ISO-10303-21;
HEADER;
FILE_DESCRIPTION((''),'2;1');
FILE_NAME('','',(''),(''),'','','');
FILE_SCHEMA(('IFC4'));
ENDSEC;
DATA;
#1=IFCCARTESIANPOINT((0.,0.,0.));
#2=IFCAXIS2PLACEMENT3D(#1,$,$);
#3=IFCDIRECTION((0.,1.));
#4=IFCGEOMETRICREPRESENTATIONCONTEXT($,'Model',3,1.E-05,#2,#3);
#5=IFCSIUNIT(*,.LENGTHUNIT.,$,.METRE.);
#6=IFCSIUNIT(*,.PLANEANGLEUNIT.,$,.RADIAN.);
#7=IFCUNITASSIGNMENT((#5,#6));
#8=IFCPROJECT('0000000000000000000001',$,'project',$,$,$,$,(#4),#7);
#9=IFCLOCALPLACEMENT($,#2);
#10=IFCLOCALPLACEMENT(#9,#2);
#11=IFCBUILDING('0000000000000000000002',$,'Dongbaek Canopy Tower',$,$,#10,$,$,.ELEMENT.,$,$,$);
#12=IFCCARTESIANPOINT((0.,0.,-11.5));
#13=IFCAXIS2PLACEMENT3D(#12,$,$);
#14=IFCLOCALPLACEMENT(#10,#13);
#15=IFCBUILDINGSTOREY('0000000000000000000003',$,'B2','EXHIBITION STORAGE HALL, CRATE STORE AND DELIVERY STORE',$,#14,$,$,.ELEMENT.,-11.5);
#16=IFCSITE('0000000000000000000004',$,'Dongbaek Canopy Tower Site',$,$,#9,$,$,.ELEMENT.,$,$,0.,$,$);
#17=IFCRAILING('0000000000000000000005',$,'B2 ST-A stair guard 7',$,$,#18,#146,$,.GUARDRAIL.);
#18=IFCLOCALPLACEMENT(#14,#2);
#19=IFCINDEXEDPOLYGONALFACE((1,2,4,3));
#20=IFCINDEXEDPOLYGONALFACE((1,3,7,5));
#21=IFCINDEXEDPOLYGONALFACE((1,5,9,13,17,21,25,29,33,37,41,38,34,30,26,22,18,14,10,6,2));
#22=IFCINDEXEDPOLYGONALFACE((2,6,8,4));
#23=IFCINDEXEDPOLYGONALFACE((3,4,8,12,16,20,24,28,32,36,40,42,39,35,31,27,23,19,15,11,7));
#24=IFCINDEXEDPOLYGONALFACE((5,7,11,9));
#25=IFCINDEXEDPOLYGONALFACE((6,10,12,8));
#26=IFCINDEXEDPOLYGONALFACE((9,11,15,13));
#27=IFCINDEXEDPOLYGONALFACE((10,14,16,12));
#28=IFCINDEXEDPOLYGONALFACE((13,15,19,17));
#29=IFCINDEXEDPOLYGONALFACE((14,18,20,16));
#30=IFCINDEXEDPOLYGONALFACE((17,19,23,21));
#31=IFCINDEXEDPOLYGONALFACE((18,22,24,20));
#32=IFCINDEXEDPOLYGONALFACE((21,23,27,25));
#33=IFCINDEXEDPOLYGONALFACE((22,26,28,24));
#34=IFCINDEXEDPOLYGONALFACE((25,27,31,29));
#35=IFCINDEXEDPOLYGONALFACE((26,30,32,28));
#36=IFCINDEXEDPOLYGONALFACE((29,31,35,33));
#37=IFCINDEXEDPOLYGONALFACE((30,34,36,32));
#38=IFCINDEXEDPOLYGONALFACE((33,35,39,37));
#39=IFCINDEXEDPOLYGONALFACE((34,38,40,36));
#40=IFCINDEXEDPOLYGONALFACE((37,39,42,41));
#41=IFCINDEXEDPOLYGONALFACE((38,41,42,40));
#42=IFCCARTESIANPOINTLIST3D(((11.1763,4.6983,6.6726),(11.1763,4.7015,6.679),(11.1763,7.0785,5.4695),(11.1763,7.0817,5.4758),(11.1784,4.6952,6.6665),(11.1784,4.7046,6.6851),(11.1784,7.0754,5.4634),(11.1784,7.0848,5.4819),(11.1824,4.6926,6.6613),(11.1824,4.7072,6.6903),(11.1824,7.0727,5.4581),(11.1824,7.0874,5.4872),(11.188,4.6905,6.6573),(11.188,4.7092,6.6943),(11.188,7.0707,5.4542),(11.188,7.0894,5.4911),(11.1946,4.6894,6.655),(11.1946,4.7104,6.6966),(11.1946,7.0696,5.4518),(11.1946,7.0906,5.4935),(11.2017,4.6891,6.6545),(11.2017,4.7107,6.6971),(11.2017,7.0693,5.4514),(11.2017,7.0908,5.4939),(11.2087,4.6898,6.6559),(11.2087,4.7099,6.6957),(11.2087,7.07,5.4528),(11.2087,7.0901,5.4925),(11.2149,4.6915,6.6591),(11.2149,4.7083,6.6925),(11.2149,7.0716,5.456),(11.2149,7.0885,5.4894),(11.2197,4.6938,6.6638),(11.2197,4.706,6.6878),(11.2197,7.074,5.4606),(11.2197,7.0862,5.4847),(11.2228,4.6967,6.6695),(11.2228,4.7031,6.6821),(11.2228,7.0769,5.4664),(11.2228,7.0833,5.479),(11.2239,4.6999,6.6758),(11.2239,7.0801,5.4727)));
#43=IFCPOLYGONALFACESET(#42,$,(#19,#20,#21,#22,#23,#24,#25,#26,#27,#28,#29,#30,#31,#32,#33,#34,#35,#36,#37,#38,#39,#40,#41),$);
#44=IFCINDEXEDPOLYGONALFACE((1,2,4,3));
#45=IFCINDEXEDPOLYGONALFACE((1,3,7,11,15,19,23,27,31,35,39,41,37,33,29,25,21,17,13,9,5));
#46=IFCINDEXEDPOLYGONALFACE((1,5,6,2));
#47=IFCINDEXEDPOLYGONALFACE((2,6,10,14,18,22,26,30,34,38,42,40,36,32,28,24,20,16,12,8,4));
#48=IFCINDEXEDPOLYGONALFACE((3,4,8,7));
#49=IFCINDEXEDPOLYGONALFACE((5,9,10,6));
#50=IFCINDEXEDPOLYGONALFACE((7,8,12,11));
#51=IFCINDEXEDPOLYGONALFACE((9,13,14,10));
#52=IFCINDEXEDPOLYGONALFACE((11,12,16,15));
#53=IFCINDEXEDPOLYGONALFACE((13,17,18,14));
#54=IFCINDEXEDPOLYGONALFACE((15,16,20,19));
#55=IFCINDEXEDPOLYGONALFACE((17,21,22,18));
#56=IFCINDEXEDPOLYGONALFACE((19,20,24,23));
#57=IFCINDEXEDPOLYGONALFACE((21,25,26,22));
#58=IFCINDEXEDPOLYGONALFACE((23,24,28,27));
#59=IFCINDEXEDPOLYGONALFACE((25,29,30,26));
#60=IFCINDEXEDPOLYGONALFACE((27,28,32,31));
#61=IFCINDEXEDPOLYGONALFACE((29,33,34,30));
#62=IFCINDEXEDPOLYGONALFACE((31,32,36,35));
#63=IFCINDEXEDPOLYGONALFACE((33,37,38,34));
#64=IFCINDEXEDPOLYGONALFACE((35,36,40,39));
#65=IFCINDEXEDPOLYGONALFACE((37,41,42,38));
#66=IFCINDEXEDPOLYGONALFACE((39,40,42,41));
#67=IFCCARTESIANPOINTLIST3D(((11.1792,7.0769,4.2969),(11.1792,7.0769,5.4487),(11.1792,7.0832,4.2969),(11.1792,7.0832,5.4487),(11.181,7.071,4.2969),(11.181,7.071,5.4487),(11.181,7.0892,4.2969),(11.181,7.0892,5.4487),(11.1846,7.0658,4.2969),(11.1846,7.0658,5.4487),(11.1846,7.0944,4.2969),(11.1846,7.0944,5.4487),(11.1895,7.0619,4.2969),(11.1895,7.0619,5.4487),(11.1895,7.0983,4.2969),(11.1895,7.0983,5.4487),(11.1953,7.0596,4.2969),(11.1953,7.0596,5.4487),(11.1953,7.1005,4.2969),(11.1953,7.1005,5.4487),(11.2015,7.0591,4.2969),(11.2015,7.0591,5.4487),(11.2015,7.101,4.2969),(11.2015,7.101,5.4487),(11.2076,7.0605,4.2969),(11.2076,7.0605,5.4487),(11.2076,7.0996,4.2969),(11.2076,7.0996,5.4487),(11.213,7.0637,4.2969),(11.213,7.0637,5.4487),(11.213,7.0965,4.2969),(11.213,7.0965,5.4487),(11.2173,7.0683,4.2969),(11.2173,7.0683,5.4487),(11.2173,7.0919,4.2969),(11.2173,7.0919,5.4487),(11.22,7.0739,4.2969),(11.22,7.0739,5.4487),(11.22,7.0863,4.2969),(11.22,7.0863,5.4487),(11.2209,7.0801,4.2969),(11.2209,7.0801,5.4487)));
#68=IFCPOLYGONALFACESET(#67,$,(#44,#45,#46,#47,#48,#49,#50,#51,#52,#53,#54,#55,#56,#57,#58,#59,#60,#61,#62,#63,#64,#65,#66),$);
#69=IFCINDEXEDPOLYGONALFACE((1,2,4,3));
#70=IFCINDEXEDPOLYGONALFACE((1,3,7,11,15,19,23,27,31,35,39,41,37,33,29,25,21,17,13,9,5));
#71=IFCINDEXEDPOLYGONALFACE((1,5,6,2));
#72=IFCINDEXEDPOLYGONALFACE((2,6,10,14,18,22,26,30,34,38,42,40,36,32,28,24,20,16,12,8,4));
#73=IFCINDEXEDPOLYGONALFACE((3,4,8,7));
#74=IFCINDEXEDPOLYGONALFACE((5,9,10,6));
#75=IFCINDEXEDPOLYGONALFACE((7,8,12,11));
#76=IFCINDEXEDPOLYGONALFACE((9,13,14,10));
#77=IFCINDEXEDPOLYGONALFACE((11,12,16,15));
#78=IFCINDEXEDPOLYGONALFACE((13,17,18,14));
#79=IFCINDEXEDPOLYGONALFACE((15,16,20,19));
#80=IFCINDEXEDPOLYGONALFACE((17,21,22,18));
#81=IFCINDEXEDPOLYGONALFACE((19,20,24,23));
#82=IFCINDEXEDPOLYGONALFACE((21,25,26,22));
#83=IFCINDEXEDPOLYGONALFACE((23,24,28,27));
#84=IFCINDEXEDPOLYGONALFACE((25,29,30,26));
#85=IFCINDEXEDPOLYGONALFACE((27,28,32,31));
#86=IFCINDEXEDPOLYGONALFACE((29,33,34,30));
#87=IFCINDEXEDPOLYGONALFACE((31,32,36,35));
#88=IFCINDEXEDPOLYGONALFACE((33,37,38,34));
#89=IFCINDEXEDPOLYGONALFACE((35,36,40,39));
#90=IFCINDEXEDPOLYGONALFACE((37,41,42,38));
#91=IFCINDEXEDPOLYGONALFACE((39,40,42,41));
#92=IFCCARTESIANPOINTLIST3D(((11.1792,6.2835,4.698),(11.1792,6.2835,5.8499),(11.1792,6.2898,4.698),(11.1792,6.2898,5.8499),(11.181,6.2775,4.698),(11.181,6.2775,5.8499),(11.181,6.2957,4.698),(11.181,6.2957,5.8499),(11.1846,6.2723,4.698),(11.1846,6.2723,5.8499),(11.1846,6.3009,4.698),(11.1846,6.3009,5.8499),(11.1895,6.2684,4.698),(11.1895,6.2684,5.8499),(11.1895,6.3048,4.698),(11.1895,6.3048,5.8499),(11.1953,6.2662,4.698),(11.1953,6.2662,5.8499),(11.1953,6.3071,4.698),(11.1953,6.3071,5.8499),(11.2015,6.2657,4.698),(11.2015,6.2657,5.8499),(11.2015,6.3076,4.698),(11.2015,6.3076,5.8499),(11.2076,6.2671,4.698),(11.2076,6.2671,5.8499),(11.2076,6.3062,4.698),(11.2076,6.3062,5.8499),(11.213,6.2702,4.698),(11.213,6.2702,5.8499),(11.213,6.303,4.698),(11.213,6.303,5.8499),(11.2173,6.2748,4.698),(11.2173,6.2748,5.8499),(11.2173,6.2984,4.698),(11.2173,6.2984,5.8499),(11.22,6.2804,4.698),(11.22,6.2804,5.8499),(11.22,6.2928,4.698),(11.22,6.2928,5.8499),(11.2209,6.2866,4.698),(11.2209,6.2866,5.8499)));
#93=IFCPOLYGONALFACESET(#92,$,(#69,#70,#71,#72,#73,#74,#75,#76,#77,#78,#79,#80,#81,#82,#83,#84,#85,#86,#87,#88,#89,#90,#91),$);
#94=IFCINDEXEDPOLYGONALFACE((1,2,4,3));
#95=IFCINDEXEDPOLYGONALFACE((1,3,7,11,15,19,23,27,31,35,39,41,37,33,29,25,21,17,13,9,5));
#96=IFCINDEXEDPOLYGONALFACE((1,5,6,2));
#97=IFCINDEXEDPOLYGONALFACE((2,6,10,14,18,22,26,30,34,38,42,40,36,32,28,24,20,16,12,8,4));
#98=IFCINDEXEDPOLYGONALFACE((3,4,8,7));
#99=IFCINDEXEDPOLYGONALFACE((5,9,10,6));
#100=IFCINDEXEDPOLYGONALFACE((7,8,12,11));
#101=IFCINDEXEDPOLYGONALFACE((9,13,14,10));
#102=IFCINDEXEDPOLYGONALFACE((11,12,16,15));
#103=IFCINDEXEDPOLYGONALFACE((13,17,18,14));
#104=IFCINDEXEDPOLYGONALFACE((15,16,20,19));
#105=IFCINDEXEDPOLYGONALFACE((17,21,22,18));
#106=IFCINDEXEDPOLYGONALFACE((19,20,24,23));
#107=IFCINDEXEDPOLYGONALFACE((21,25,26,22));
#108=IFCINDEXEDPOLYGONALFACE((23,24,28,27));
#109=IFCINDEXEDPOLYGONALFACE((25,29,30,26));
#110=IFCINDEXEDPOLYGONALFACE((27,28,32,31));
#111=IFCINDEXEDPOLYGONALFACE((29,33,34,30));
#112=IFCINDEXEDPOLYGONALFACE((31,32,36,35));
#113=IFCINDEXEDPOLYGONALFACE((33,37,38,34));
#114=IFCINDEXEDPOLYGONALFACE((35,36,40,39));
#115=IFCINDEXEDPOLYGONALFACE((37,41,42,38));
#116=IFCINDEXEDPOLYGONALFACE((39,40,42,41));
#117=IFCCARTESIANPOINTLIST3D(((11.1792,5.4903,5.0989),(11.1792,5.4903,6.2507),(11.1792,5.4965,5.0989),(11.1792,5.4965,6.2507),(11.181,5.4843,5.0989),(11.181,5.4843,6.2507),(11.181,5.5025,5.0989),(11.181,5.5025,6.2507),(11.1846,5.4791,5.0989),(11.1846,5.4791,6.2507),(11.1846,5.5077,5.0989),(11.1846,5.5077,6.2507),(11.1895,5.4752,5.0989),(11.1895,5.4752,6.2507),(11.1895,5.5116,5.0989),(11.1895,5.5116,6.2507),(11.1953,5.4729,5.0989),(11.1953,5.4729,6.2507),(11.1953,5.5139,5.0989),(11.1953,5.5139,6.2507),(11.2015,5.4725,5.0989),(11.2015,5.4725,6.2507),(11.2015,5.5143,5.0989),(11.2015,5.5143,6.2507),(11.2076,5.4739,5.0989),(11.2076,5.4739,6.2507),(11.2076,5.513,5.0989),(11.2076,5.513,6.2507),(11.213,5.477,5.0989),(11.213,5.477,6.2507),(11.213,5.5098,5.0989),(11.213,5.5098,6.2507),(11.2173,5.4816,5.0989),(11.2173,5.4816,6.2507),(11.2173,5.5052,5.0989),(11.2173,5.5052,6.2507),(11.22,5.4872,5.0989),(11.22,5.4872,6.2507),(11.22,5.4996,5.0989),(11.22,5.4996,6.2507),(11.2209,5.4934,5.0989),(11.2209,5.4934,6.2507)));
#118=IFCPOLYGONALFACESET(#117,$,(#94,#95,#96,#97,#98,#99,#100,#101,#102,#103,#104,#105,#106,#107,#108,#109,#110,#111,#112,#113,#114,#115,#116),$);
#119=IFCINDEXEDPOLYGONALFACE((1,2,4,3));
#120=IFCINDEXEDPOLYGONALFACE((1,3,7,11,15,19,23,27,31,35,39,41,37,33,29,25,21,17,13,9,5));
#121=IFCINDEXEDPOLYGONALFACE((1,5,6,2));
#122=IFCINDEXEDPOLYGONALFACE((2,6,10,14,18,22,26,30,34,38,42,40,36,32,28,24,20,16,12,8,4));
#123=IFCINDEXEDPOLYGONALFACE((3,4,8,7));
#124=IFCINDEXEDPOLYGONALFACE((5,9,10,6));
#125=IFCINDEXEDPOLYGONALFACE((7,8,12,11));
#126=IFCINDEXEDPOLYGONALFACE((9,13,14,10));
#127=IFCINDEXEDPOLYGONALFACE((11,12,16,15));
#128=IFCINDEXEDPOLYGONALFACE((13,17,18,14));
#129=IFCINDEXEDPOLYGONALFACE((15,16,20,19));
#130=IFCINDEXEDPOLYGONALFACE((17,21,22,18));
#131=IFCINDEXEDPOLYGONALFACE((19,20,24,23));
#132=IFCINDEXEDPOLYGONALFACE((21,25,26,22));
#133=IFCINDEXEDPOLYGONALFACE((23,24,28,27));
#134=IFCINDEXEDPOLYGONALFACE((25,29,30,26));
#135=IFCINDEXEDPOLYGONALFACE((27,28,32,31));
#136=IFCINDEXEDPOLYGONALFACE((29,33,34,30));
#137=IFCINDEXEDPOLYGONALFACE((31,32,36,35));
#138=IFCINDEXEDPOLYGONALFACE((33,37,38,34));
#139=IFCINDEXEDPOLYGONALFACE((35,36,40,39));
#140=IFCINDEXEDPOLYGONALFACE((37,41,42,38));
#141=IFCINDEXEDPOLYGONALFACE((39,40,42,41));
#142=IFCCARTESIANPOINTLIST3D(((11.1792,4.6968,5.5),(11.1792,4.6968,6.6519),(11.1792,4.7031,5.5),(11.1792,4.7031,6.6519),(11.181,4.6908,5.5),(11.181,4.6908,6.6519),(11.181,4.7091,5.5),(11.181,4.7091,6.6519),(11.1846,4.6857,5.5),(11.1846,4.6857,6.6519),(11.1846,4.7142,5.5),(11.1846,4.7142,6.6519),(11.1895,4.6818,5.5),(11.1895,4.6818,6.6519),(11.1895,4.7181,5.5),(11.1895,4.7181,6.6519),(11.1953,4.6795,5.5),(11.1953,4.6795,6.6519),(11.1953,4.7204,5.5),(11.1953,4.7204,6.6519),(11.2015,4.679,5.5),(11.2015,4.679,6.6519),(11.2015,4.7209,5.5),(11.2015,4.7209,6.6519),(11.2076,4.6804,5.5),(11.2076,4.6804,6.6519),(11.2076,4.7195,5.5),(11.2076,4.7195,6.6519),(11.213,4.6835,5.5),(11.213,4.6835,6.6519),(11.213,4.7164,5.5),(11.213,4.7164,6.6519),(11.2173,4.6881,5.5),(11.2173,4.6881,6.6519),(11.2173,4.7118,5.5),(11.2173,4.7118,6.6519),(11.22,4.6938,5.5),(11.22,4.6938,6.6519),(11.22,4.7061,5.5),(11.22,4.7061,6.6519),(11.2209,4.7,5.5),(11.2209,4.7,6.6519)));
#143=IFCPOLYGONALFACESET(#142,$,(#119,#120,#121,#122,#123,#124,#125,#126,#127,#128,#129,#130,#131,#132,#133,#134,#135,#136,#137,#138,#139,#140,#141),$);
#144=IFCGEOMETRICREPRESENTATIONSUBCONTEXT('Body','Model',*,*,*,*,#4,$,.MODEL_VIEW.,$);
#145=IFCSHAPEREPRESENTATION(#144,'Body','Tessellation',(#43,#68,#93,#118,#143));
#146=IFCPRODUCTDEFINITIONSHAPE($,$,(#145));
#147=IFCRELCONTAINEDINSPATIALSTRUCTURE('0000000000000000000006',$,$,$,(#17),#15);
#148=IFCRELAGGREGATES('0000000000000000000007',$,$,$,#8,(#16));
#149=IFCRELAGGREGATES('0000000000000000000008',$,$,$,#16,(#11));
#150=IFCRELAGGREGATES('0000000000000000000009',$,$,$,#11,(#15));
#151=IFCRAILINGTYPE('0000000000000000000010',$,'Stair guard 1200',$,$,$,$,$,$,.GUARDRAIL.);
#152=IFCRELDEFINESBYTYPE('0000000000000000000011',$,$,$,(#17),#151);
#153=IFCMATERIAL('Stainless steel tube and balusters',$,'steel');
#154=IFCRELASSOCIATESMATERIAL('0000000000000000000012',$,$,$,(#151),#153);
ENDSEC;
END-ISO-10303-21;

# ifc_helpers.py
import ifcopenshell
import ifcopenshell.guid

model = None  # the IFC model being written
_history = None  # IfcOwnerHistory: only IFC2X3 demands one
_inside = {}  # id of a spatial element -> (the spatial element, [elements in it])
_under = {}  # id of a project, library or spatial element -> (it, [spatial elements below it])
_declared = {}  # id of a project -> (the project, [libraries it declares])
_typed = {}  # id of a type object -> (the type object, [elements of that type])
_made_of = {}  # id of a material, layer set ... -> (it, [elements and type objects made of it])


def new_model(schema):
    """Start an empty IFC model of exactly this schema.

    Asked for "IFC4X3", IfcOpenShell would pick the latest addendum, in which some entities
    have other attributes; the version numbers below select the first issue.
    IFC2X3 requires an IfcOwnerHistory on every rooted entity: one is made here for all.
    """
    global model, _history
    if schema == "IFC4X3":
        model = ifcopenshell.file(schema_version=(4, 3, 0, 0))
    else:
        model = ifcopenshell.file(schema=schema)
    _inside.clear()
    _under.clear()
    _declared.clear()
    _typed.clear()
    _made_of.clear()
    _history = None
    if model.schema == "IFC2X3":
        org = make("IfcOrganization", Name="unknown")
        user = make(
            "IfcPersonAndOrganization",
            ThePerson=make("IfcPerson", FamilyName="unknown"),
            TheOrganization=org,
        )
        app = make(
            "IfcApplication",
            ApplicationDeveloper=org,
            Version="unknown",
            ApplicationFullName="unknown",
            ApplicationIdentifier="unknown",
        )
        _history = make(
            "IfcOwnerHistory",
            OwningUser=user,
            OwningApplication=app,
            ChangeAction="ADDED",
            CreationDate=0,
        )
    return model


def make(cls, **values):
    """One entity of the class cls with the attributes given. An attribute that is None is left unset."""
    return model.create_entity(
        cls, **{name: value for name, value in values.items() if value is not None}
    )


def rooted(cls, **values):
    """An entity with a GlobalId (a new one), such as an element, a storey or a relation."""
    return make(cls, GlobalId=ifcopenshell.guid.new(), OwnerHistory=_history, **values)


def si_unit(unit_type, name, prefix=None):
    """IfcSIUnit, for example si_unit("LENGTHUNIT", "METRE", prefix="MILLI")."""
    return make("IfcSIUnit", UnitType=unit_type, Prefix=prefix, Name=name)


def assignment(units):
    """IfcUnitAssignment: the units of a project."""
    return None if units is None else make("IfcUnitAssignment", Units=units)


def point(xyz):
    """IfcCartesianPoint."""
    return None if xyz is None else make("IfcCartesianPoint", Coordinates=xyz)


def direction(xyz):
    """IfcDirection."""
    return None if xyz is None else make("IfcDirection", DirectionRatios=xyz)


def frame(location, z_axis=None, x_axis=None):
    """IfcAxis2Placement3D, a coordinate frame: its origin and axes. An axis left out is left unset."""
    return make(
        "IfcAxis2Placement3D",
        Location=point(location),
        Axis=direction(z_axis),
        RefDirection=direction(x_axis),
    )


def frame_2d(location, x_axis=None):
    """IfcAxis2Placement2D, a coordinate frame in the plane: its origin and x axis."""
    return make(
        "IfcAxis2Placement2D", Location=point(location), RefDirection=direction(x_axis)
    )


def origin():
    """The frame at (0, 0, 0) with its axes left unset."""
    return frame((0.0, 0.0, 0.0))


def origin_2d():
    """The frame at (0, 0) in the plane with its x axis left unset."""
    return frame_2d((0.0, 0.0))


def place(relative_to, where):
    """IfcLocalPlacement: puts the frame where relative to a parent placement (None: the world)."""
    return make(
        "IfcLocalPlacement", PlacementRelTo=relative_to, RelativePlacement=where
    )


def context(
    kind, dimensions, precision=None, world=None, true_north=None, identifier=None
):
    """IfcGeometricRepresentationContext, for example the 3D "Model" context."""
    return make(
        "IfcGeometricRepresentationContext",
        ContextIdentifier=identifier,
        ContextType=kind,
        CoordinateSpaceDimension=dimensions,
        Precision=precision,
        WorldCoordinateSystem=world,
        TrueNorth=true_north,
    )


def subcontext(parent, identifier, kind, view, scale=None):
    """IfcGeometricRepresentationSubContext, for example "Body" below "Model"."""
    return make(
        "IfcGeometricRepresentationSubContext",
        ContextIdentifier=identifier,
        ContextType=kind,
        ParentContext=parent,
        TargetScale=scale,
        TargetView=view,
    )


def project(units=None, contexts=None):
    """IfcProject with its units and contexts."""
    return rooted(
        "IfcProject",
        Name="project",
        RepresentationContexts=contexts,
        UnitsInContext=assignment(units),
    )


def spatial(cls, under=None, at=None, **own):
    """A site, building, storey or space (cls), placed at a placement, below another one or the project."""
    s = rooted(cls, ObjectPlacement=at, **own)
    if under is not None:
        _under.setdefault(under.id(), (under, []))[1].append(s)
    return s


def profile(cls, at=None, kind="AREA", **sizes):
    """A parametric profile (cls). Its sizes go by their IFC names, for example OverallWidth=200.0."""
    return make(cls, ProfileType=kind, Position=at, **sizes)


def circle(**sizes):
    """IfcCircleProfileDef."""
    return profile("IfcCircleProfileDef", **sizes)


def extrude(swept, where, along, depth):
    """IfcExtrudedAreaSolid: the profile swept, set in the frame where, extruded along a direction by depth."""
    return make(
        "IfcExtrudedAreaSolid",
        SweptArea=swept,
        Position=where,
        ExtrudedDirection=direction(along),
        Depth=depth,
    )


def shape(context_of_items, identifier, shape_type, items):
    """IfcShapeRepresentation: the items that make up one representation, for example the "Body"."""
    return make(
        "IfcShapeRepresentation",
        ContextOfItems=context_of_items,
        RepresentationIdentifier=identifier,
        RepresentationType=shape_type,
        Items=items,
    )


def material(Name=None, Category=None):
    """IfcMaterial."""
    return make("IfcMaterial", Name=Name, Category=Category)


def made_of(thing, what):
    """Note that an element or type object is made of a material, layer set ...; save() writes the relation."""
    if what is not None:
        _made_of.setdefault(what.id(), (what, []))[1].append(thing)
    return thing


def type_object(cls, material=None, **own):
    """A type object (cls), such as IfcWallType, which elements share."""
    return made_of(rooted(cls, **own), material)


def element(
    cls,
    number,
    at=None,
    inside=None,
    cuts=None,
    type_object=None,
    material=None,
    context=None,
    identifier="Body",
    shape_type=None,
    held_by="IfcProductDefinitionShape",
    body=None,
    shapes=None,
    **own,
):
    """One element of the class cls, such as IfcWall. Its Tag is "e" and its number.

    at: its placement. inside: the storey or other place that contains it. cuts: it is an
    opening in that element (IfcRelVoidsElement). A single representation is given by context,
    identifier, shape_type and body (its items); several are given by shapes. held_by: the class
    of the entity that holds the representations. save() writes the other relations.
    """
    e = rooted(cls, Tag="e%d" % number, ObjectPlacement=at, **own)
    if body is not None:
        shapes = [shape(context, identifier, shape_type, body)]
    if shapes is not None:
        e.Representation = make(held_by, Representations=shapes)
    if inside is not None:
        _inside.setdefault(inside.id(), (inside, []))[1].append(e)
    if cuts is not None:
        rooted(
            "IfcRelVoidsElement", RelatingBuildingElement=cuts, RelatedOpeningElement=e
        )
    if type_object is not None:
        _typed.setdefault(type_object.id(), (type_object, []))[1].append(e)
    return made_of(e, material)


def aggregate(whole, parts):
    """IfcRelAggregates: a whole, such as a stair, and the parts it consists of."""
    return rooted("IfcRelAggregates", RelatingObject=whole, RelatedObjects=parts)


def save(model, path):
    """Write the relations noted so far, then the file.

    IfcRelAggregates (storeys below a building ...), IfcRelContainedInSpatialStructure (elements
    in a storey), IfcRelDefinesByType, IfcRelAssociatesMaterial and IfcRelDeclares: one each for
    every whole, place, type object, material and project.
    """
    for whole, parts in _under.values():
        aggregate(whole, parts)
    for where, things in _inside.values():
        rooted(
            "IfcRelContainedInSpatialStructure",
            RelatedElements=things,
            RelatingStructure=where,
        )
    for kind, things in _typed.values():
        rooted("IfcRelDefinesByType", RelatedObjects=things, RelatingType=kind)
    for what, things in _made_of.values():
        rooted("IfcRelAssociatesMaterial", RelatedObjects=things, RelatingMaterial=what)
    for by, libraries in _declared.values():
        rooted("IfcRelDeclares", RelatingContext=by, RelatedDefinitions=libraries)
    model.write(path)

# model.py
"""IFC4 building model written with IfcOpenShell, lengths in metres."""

from ifc_helpers import new_model, si_unit, direction, frame, origin, origin_2d, place, context, subcontext, project, spatial, circle, extrude, material, type_object, element, save


model = new_model("IFC4")

# Units and contexts
model_context = context("Model", 3, precision=1e-05, world=origin(), true_north=direction((0.0, 1.0)))
body_context = subcontext(model_context, "Body", "Model", "MODEL_VIEW")
ifc_project = project(units=[si_unit("LENGTHUNIT", "METRE"), si_unit("PLANEANGLEUNIT", "RADIAN")], contexts=[model_context])

# Site, building, storey
site_placement = place(None, origin())
site = spatial("IfcSite", under=ifc_project, at=site_placement, Name="Dongbaek Canopy Tower Site", CompositionType="ELEMENT", RefElevation=0.0)
building_placement = place(site_placement, origin())
building = spatial("IfcBuilding", under=site, at=building_placement, Name="Dongbaek Canopy Tower", CompositionType="ELEMENT")
storey_placement = place(building_placement, frame((0.0, 0.0, -11.5)))
storey = spatial("IfcBuildingStorey", under=building, at=storey_placement, Name="B2", Description="EXHIBITION STORAGE HALL, CRATE STORE AND DELIVERY STORE", CompositionType="ELEMENT", Elevation=-11.5)

# Railing
ifc_material_1 = material(Name="Stainless steel tube and balusters", Category="steel")
railing_type_1 = type_object("IfcRailingType", Name="Stair guard 1200", PredefinedType="GUARDRAIL", material=ifc_material_1)
railing_1_placement = place(storey_placement, frame((11.2, 7.0801, 4.2969)))
element("IfcRailing", 1, at=railing_1_placement, inside=storey, type_object=railing_type_1, Name="B2 ST-A stair guard 7", PredefinedType="GUARDRAIL", context=body_context, shape_type="SweptSolid", body=[
    extrude(circle(Radius=0.0239, at=origin_2d()), frame((0.0, 0.0, 1.1758), z_axis=(0.0, -0.89246, 0.451127), x_axis=(1.0, 0.0, 0.0)), (0.0, 0.0, 1.0), 2.667),
    extrude(circle(Radius=0.021, at=origin_2d()), origin(), (0.0, 0.0, 1.0), 1.1519),
    extrude(circle(Radius=0.021, at=origin_2d()), frame((0.0, -0.7935, 0.4011)), (0.0, 0.0, 1.0), 1.1519),
    extrude(circle(Radius=0.021, at=origin_2d()), frame((0.0, -1.5867, 0.802)), (0.0, 0.0, 1.0), 1.1519),
    extrude(circle(Radius=0.021, at=origin_2d()), frame((0.0, -2.3801, 1.2031)), (0.0, 0.0, 1.0), 1.1519),
])

save(model, "model.ifc")
